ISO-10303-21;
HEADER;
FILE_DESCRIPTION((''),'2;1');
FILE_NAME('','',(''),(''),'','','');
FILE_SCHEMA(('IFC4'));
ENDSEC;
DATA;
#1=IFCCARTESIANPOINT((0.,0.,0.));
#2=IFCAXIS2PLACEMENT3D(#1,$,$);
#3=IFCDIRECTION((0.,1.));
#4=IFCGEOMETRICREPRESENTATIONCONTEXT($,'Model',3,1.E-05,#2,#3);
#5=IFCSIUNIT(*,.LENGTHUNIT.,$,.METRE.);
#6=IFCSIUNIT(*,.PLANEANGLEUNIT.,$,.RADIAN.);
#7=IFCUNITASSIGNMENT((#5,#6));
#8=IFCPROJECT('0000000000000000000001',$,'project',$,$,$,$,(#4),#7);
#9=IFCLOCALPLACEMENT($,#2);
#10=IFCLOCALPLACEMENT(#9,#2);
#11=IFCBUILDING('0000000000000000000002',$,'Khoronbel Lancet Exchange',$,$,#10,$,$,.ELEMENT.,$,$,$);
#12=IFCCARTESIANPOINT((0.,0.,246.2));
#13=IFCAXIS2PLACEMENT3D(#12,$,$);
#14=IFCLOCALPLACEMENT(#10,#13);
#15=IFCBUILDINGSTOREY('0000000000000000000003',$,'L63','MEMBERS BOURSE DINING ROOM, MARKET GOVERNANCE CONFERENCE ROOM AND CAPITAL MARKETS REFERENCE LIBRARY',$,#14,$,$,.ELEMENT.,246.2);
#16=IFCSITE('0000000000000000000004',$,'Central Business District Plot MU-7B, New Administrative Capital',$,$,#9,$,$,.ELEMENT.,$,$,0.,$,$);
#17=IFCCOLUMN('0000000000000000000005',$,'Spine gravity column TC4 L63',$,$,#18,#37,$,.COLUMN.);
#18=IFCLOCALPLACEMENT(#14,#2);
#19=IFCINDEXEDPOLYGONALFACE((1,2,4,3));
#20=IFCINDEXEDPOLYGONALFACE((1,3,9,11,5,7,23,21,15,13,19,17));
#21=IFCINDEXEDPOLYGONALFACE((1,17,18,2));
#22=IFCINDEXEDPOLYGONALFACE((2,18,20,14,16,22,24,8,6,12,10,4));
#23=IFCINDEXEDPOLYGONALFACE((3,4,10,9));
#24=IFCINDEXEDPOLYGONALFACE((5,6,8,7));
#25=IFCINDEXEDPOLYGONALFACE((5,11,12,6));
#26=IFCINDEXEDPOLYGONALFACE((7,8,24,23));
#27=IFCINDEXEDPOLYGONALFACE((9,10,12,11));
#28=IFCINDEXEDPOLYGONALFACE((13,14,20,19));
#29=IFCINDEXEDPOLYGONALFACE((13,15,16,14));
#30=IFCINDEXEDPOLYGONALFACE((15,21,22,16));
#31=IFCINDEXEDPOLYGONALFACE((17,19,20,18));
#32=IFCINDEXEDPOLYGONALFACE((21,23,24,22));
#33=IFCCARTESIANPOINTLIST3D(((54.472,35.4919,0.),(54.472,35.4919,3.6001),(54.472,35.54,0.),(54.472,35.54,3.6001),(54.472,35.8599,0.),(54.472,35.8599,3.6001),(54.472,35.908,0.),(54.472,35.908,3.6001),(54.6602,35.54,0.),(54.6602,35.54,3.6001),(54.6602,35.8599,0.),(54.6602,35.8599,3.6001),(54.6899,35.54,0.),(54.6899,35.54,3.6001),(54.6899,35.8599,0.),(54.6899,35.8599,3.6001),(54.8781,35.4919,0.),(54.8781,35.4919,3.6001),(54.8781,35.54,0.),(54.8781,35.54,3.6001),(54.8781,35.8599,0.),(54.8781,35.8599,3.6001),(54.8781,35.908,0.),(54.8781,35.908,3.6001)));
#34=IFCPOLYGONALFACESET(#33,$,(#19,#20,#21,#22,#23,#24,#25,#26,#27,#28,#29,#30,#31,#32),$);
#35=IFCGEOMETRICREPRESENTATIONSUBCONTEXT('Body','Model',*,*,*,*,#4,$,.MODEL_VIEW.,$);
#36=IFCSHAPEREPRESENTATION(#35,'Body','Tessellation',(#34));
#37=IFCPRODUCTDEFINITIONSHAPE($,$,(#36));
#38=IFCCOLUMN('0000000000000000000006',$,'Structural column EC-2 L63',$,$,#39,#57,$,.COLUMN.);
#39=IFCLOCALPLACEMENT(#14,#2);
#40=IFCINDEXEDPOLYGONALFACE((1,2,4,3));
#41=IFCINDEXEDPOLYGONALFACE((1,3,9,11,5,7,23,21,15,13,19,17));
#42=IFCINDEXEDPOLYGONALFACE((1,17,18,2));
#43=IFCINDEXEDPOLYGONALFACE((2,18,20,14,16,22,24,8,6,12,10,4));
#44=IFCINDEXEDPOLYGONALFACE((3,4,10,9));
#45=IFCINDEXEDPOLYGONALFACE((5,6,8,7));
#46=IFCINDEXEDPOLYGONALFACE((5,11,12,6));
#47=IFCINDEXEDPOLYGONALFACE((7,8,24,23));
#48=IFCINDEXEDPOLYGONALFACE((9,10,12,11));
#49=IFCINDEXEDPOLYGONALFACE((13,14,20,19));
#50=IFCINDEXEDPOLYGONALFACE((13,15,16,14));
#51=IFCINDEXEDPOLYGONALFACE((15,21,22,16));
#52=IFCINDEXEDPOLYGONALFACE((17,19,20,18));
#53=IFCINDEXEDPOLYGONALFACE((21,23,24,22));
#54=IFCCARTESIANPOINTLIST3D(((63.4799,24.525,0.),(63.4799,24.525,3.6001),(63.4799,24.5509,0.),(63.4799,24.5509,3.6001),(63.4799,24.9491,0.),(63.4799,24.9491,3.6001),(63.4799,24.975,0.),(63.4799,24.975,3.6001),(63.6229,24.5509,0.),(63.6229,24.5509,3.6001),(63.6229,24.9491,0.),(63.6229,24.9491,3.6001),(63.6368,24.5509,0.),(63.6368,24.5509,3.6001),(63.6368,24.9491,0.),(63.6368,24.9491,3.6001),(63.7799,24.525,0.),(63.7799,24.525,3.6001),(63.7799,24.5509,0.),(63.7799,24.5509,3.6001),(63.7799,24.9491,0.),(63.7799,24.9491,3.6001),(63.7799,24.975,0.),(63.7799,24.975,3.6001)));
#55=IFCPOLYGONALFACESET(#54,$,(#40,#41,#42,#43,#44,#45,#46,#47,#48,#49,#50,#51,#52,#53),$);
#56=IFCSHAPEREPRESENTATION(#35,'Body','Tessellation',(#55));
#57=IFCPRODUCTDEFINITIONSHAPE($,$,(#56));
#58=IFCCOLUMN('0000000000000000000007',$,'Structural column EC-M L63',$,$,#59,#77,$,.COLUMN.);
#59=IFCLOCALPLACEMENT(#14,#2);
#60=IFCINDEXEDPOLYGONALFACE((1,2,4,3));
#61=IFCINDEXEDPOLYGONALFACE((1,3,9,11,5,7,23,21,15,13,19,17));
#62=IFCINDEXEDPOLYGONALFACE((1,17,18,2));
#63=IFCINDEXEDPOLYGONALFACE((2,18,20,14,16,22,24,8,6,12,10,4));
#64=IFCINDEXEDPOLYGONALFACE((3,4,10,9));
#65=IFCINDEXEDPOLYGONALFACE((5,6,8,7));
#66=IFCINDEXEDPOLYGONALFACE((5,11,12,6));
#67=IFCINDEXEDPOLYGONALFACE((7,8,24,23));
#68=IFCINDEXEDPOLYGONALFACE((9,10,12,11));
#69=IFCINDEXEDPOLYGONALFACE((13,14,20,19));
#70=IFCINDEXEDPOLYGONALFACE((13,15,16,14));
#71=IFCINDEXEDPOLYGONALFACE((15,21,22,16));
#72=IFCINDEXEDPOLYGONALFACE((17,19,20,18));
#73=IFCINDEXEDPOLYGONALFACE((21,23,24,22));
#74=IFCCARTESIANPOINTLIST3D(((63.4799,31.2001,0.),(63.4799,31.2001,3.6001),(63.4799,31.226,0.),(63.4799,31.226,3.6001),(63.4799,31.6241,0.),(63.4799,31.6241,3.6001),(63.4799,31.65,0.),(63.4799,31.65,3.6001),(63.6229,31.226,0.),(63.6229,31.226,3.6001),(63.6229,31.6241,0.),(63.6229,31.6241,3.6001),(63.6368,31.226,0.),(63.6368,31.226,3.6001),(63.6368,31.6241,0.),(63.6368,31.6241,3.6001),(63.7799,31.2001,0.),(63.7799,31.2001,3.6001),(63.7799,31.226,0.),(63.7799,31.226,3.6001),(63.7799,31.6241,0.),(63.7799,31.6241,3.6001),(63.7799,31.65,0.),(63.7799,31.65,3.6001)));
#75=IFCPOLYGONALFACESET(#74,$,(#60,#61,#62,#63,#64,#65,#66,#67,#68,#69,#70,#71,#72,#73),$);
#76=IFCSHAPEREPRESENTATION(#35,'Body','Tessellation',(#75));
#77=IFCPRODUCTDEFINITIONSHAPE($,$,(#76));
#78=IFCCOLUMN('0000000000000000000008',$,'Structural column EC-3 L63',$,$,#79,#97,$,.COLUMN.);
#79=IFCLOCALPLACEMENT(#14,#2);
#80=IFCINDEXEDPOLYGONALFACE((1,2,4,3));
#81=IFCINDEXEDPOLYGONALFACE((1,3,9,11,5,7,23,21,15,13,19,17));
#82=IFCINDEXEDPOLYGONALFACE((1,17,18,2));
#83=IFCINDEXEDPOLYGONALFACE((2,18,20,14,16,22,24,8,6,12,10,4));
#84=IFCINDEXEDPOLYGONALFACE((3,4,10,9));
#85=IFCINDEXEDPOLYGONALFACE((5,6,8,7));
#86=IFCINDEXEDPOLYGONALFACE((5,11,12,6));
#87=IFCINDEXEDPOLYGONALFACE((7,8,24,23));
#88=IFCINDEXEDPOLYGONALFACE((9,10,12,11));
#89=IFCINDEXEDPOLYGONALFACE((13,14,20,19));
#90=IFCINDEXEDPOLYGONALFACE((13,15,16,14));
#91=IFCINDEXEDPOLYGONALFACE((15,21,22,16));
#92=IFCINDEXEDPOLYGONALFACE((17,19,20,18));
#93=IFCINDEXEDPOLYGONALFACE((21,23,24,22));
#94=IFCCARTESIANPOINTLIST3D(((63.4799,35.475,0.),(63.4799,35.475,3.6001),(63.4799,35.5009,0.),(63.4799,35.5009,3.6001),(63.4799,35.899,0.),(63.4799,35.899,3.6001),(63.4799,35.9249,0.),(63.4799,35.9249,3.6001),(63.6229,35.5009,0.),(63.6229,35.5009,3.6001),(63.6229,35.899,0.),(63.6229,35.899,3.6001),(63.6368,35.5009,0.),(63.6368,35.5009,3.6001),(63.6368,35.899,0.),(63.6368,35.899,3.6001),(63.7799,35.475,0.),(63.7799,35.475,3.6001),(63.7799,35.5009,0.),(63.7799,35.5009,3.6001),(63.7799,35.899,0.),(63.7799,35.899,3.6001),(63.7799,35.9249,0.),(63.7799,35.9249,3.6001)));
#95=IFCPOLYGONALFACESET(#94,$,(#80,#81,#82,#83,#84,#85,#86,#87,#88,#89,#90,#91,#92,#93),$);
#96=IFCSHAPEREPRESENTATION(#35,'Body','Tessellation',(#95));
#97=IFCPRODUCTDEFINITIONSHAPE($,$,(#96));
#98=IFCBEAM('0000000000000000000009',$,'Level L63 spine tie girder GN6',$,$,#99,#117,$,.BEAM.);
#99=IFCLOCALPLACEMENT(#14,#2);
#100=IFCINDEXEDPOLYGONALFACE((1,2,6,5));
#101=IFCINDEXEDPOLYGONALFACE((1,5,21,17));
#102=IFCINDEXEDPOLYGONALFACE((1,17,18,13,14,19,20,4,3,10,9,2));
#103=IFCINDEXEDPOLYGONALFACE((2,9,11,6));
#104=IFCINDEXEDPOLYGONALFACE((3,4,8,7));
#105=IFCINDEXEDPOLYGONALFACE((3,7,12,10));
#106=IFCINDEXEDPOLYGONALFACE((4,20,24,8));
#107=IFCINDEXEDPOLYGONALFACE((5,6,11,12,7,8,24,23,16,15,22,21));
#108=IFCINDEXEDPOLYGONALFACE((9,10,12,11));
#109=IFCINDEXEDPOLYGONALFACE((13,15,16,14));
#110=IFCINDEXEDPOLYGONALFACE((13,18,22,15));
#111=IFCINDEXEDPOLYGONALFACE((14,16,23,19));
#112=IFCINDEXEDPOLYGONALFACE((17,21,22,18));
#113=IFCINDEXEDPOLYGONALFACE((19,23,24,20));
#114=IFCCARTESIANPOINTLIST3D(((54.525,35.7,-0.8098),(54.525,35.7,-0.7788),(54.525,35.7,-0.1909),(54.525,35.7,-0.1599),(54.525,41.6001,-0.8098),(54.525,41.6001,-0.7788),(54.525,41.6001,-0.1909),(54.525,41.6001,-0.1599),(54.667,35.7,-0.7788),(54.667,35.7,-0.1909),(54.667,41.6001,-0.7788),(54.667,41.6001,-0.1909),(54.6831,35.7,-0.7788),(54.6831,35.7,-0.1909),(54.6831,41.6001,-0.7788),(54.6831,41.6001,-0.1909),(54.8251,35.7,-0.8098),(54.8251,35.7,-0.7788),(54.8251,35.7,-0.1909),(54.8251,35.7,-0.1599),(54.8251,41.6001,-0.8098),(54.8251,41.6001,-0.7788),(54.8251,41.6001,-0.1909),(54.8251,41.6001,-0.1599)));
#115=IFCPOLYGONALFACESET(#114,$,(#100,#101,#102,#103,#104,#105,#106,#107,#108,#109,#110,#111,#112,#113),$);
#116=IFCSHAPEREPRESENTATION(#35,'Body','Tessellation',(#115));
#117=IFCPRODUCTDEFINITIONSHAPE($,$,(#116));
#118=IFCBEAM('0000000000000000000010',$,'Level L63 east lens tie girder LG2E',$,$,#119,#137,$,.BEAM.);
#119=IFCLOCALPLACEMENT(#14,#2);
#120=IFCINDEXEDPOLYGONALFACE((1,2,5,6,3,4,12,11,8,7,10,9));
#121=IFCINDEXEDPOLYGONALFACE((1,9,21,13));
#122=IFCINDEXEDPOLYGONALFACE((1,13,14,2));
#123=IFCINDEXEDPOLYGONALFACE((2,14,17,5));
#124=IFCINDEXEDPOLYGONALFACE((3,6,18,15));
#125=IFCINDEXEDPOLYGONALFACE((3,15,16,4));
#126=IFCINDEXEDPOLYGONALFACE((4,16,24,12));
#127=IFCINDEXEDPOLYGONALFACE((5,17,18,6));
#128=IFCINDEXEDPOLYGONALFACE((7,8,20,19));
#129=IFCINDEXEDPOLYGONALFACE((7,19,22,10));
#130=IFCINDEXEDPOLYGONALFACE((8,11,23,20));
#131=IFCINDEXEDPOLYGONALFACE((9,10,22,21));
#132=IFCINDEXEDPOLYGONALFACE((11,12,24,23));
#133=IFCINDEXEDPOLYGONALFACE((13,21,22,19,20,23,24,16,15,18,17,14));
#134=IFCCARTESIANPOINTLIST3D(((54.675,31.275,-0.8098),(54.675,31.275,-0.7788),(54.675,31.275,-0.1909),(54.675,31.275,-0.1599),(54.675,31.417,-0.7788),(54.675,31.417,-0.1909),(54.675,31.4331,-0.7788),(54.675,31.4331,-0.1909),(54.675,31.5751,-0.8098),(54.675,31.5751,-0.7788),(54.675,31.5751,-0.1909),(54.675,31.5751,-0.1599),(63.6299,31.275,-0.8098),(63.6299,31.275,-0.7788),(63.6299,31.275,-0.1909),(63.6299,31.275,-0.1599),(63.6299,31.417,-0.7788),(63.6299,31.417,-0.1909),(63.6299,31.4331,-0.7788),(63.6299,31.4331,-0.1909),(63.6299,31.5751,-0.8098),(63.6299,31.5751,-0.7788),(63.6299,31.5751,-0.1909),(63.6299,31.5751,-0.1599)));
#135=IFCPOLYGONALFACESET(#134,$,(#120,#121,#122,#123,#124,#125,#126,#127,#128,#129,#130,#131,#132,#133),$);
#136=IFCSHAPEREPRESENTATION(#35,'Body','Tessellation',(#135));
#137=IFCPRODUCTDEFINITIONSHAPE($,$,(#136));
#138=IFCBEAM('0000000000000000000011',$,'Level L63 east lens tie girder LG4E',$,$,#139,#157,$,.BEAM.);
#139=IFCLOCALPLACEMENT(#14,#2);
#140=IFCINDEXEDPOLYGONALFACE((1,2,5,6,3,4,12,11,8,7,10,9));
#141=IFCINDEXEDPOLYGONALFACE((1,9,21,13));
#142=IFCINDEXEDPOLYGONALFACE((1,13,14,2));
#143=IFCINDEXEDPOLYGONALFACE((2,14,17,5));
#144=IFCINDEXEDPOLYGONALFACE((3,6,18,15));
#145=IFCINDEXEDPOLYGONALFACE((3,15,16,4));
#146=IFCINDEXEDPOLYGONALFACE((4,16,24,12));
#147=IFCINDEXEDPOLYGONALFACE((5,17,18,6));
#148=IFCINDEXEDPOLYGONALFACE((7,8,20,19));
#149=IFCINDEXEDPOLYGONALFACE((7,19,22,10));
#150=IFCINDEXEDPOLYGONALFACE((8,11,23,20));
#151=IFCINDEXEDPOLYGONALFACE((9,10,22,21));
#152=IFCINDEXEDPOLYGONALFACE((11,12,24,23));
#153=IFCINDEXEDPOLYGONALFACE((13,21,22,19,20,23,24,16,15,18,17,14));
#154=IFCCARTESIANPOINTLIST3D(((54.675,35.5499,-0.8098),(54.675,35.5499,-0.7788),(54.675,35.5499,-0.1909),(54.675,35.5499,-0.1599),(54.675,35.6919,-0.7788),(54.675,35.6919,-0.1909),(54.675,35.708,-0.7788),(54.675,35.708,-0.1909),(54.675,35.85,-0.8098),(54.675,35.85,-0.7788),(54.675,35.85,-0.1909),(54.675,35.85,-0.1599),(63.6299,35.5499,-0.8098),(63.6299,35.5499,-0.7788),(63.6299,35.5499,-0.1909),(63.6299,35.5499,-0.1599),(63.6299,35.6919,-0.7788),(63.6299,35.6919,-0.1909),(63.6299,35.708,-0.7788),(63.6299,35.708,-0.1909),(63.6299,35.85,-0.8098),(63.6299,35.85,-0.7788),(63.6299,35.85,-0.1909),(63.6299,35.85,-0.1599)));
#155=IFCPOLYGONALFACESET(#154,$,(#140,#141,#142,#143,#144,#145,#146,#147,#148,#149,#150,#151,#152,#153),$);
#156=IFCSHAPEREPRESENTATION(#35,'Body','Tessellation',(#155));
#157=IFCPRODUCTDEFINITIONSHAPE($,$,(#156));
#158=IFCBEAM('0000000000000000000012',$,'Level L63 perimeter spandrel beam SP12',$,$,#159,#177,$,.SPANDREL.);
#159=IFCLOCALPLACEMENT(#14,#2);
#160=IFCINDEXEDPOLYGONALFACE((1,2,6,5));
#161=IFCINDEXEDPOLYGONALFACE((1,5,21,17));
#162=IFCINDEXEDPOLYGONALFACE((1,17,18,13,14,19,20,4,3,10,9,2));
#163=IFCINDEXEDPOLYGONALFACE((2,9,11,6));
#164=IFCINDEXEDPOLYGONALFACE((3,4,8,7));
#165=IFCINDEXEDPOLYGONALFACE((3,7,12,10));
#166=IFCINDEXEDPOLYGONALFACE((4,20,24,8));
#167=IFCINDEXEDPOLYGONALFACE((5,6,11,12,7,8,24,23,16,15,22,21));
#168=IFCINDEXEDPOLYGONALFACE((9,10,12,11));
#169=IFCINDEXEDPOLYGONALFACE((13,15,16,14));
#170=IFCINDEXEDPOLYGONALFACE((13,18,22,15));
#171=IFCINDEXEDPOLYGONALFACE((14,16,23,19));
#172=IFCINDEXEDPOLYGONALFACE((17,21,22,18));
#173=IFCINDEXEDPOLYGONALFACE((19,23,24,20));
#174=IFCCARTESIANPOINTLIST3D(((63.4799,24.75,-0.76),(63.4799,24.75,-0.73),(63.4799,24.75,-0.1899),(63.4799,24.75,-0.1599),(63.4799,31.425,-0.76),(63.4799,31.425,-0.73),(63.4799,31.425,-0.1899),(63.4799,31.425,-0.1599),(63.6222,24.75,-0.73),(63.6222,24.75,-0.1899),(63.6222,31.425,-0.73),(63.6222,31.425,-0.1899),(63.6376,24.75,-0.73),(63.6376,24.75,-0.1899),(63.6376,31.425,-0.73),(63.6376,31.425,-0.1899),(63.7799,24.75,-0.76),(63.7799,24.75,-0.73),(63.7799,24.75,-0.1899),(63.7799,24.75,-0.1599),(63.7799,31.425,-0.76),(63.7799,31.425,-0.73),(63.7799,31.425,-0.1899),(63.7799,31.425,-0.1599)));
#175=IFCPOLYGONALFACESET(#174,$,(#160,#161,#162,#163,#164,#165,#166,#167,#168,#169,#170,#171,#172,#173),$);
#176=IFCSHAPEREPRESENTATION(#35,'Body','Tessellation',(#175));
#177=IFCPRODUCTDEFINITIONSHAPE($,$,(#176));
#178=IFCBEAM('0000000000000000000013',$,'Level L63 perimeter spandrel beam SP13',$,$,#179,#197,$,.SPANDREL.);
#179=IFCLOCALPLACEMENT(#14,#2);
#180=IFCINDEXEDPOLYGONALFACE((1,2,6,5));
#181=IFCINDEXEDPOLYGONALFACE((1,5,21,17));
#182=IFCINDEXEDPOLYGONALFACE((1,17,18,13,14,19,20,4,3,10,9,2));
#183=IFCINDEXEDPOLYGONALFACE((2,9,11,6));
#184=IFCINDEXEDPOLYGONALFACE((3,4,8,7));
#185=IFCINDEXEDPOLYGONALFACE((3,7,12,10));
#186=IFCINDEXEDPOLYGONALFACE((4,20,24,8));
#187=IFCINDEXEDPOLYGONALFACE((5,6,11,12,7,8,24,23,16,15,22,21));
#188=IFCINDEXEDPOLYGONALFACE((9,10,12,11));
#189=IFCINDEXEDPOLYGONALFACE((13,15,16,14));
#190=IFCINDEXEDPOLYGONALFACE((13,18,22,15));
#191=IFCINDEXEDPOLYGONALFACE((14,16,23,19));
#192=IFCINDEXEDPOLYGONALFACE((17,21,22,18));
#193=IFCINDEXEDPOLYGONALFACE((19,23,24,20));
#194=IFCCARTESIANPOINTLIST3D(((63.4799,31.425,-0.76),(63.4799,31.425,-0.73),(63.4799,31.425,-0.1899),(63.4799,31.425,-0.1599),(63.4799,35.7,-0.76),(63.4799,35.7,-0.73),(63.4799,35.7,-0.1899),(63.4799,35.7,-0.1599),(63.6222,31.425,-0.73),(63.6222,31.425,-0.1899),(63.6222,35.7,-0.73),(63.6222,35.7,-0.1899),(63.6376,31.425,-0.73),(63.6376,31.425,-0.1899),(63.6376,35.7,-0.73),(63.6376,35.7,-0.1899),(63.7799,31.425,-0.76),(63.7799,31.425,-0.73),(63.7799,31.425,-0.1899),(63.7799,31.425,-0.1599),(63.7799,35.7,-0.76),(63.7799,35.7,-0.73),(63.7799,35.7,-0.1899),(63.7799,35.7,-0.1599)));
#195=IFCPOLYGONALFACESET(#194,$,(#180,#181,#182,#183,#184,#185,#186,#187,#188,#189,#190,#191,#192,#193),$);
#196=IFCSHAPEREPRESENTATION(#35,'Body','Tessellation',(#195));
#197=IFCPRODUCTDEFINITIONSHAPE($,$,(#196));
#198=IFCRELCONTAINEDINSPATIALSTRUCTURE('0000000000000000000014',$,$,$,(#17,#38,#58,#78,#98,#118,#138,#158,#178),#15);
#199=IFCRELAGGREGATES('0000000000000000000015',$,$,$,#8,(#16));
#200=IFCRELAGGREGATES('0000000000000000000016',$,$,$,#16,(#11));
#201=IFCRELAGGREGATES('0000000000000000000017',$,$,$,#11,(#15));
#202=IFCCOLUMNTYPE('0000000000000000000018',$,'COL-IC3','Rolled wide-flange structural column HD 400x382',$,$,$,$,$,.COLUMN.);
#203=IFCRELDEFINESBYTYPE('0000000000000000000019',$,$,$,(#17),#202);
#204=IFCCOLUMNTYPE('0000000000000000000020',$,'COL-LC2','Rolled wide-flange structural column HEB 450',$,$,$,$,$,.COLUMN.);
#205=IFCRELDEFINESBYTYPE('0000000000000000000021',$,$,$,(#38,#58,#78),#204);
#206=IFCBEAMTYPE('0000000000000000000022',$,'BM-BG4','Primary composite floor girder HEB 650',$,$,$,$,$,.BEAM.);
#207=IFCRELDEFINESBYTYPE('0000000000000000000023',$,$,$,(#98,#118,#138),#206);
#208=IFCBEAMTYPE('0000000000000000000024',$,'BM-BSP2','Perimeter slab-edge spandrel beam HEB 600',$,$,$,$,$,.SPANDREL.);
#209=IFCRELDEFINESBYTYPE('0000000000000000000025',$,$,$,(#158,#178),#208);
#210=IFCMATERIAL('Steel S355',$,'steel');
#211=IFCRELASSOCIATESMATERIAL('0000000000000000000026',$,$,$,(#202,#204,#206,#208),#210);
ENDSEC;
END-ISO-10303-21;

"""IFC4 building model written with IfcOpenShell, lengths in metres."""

from ifc_helpers import new_model, si_unit, direction, frame, origin, origin_2d, place, context, subcontext, project, spatial, i_section, extrude, material, material_profile, profile_set, type_object, element, save


model = new_model("IFC4")

# Units and contexts
model_context = context("Model", 3, precision=1e-05, world=origin(), true_north=direction((0.0, 1.0)))
body_context = subcontext(model_context, "Body", "Model", "MODEL_VIEW")
ifc_project = project(units=[si_unit("LENGTHUNIT", "METRE"), si_unit("PLANEANGLEUNIT", "RADIAN")], contexts=[model_context])

# Site, building, storey
site_placement = place(None, origin())
site = spatial("IfcSite", under=ifc_project, at=site_placement, Name="Central Business District Plot MU-7B, New Administrative Capital", CompositionType="ELEMENT", RefElevation=0.0)
building_placement = place(site_placement, origin())
building = spatial("IfcBuilding", under=site, at=building_placement, Name="Khoronbel Lancet Exchange", CompositionType="ELEMENT")
storey_placement = place(building_placement, frame((0.0, 0.0, 246.2)))
storey = spatial("IfcBuildingStorey", under=building, at=storey_placement, Name="L63", Description="MEMBERS BOURSE DINING ROOM, MARKET GOVERNANCE CONFERENCE ROOM AND CAPITAL MARKETS REFERENCE LIBRARY", CompositionType="ELEMENT", Elevation=246.2)

# Columns
ifc_material_1 = material(Name="Steel S355", Category="steel")
ifc_material_profile_1 = material_profile(ifc_material_1, i_section(OverallWidth=0.406, OverallDepth=0.416, WebThickness=0.0298, FlangeThickness=0.0481, at=origin_2d()), Name="HD 400x382")
ifc_profile_set_1 = profile_set([ifc_material_profile_1], Name="Steel S355")
column_type_1 = type_object("IfcColumnType", Name="COL-IC3", Description="Rolled wide-flange structural column HD 400x382", PredefinedType="COLUMN", material=ifc_profile_set_1)
column_placement = place(storey_placement, frame((54.675, 35.7, 0.0), z_axis=(0.0, 0.0, 1.0), x_axis=(1.0, 0.0, 0.0)))
element("IfcColumn", 1, at=column_placement, inside=storey, type_object=column_type_1, Name="Spine gravity column TC4 L63", PredefinedType="COLUMN", context=body_context, shape_type="SweptSolid", body=[
    extrude(i_section(OverallWidth=0.406, OverallDepth=0.416, WebThickness=0.0298, FlangeThickness=0.0481, at=origin_2d()), origin(), (0.0, 0.0, 1.0), 3.6001),
])
ifc_material_profile_2 = material_profile(ifc_material_1, i_section(OverallWidth=0.3, OverallDepth=0.45, WebThickness=0.0139, FlangeThickness=0.0259, at=origin_2d()), Name="HEB 450")
ifc_profile_set_2 = profile_set([ifc_material_profile_2], Name="Steel S355")
column_type_2 = type_object("IfcColumnType", Name="COL-LC2", Description="Rolled wide-flange structural column HEB 450", PredefinedType="COLUMN", material=ifc_profile_set_2)
for number, where, z_axis, x_axis, name in (
    (2, (63.6299, 24.75, 0.0), (0.0, 0.0, 1.0), (1.0, 0.0, 0.0), "Structural column EC-2 L63"),
    (3, (63.6299, 31.425, 0.0), (0.0, 0.0, 1.0), (1.0, 0.0, 0.0), "Structural column EC-M L63"),
    (4, (63.6299, 35.7, 0.0), (0.0, 0.0, 1.0), (1.0, 0.0, 0.0), "Structural column EC-3 L63"),
):
    element("IfcColumn", number, at=place(storey_placement, frame(where, z_axis=z_axis, x_axis=x_axis)), inside=storey, type_object=column_type_2, Name=name, PredefinedType="COLUMN", context=body_context, shape_type="SweptSolid", body=[
        extrude(i_section(OverallWidth=0.3, OverallDepth=0.45, WebThickness=0.0139, FlangeThickness=0.0259, at=origin_2d()), origin(), (0.0, 0.0, 1.0), 3.6001),
    ])

# Beams
ifc_material_profile_3 = material_profile(ifc_material_1, i_section(OverallWidth=0.3, OverallDepth=0.6499, WebThickness=0.0161, FlangeThickness=0.031, at=origin_2d()), Name="HEB 650")
ifc_profile_set_3 = profile_set([ifc_material_profile_3], Name="Steel S355")
beam_type_1 = type_object("IfcBeamType", Name="BM-BG4", Description="Primary composite floor girder HEB 650", PredefinedType="BEAM", material=ifc_profile_set_3)
beam_1_placement = place(storey_placement, frame((54.675, 35.7, -0.4849), z_axis=(0.0, 1.0, 0.0), x_axis=(-1.0, 0.0, 0.0)))
element("IfcBeam", 5, at=beam_1_placement, inside=storey, type_object=beam_type_1, Name="Level L63 spine tie girder GN6", PredefinedType="BEAM", context=body_context, shape_type="SweptSolid", body=[
    extrude(i_section(OverallWidth=0.3, OverallDepth=0.6499, WebThickness=0.0161, FlangeThickness=0.031, at=origin_2d()), origin(), (0.0, 0.0, 1.0), 5.9001),
])
for number, where, z_axis, x_axis, name in (
    (6, (54.675, 31.425, -0.4849), (1.0, 0.0, 0.0), (0.0, 1.0, 0.0), "Level L63 east lens tie girder LG2E"),
    (7, (54.675, 35.7, -0.4849), (1.0, 0.0, 0.0), (0.0, 1.0, 0.0), "Level L63 east lens tie girder LG4E"),
):
    element("IfcBeam", number, at=place(storey_placement, frame(where, z_axis=z_axis, x_axis=x_axis)), inside=storey, type_object=beam_type_1, Name=name, PredefinedType="BEAM", context=body_context, shape_type="SweptSolid", body=[
        extrude(i_section(OverallWidth=0.3, OverallDepth=0.6499, WebThickness=0.0161, FlangeThickness=0.031, at=origin_2d()), origin(), (0.0, 0.0, 1.0), 8.9548),
    ])
ifc_material_profile_4 = material_profile(ifc_material_1, i_section(OverallWidth=0.3, OverallDepth=0.6001, WebThickness=0.0154, FlangeThickness=0.03, at=origin_2d()), Name="HEB 600")
ifc_profile_set_4 = profile_set([ifc_material_profile_4], Name="Steel S355")
beam_type_2 = type_object("IfcBeamType", Name="BM-BSP2", Description="Perimeter slab-edge spandrel beam HEB 600", PredefinedType="SPANDREL", material=ifc_profile_set_4)
beam_2_placement = place(storey_placement, frame((63.6299, 24.75, -0.46), z_axis=(0.0, 1.0, 0.0), x_axis=(-1.0, 0.0, 0.0)))
element("IfcBeam", 8, at=beam_2_placement, inside=storey, type_object=beam_type_2, Name="Level L63 perimeter spandrel beam SP12", PredefinedType="SPANDREL", context=body_context, shape_type="SweptSolid", body=[
    extrude(i_section(OverallWidth=0.3, OverallDepth=0.6001, WebThickness=0.0154, FlangeThickness=0.03, at=origin_2d()), origin(), (0.0, 0.0, 1.0), 6.675),
])
beam_3_placement = place(storey_placement, frame((63.6299, 31.425, -0.46), z_axis=(0.0, 1.0, 0.0), x_axis=(-1.0, 0.0, 0.0)))
element("IfcBeam", 9, at=beam_3_placement, inside=storey, type_object=beam_type_2, Name="Level L63 perimeter spandrel beam SP13", PredefinedType="SPANDREL", context=body_context, shape_type="SweptSolid", body=[
    extrude(i_section(OverallWidth=0.3, OverallDepth=0.6001, WebThickness=0.0154, FlangeThickness=0.03, at=origin_2d()), origin(), (0.0, 0.0, 1.0), 4.2749),
])

save(model, "model.ifc")
